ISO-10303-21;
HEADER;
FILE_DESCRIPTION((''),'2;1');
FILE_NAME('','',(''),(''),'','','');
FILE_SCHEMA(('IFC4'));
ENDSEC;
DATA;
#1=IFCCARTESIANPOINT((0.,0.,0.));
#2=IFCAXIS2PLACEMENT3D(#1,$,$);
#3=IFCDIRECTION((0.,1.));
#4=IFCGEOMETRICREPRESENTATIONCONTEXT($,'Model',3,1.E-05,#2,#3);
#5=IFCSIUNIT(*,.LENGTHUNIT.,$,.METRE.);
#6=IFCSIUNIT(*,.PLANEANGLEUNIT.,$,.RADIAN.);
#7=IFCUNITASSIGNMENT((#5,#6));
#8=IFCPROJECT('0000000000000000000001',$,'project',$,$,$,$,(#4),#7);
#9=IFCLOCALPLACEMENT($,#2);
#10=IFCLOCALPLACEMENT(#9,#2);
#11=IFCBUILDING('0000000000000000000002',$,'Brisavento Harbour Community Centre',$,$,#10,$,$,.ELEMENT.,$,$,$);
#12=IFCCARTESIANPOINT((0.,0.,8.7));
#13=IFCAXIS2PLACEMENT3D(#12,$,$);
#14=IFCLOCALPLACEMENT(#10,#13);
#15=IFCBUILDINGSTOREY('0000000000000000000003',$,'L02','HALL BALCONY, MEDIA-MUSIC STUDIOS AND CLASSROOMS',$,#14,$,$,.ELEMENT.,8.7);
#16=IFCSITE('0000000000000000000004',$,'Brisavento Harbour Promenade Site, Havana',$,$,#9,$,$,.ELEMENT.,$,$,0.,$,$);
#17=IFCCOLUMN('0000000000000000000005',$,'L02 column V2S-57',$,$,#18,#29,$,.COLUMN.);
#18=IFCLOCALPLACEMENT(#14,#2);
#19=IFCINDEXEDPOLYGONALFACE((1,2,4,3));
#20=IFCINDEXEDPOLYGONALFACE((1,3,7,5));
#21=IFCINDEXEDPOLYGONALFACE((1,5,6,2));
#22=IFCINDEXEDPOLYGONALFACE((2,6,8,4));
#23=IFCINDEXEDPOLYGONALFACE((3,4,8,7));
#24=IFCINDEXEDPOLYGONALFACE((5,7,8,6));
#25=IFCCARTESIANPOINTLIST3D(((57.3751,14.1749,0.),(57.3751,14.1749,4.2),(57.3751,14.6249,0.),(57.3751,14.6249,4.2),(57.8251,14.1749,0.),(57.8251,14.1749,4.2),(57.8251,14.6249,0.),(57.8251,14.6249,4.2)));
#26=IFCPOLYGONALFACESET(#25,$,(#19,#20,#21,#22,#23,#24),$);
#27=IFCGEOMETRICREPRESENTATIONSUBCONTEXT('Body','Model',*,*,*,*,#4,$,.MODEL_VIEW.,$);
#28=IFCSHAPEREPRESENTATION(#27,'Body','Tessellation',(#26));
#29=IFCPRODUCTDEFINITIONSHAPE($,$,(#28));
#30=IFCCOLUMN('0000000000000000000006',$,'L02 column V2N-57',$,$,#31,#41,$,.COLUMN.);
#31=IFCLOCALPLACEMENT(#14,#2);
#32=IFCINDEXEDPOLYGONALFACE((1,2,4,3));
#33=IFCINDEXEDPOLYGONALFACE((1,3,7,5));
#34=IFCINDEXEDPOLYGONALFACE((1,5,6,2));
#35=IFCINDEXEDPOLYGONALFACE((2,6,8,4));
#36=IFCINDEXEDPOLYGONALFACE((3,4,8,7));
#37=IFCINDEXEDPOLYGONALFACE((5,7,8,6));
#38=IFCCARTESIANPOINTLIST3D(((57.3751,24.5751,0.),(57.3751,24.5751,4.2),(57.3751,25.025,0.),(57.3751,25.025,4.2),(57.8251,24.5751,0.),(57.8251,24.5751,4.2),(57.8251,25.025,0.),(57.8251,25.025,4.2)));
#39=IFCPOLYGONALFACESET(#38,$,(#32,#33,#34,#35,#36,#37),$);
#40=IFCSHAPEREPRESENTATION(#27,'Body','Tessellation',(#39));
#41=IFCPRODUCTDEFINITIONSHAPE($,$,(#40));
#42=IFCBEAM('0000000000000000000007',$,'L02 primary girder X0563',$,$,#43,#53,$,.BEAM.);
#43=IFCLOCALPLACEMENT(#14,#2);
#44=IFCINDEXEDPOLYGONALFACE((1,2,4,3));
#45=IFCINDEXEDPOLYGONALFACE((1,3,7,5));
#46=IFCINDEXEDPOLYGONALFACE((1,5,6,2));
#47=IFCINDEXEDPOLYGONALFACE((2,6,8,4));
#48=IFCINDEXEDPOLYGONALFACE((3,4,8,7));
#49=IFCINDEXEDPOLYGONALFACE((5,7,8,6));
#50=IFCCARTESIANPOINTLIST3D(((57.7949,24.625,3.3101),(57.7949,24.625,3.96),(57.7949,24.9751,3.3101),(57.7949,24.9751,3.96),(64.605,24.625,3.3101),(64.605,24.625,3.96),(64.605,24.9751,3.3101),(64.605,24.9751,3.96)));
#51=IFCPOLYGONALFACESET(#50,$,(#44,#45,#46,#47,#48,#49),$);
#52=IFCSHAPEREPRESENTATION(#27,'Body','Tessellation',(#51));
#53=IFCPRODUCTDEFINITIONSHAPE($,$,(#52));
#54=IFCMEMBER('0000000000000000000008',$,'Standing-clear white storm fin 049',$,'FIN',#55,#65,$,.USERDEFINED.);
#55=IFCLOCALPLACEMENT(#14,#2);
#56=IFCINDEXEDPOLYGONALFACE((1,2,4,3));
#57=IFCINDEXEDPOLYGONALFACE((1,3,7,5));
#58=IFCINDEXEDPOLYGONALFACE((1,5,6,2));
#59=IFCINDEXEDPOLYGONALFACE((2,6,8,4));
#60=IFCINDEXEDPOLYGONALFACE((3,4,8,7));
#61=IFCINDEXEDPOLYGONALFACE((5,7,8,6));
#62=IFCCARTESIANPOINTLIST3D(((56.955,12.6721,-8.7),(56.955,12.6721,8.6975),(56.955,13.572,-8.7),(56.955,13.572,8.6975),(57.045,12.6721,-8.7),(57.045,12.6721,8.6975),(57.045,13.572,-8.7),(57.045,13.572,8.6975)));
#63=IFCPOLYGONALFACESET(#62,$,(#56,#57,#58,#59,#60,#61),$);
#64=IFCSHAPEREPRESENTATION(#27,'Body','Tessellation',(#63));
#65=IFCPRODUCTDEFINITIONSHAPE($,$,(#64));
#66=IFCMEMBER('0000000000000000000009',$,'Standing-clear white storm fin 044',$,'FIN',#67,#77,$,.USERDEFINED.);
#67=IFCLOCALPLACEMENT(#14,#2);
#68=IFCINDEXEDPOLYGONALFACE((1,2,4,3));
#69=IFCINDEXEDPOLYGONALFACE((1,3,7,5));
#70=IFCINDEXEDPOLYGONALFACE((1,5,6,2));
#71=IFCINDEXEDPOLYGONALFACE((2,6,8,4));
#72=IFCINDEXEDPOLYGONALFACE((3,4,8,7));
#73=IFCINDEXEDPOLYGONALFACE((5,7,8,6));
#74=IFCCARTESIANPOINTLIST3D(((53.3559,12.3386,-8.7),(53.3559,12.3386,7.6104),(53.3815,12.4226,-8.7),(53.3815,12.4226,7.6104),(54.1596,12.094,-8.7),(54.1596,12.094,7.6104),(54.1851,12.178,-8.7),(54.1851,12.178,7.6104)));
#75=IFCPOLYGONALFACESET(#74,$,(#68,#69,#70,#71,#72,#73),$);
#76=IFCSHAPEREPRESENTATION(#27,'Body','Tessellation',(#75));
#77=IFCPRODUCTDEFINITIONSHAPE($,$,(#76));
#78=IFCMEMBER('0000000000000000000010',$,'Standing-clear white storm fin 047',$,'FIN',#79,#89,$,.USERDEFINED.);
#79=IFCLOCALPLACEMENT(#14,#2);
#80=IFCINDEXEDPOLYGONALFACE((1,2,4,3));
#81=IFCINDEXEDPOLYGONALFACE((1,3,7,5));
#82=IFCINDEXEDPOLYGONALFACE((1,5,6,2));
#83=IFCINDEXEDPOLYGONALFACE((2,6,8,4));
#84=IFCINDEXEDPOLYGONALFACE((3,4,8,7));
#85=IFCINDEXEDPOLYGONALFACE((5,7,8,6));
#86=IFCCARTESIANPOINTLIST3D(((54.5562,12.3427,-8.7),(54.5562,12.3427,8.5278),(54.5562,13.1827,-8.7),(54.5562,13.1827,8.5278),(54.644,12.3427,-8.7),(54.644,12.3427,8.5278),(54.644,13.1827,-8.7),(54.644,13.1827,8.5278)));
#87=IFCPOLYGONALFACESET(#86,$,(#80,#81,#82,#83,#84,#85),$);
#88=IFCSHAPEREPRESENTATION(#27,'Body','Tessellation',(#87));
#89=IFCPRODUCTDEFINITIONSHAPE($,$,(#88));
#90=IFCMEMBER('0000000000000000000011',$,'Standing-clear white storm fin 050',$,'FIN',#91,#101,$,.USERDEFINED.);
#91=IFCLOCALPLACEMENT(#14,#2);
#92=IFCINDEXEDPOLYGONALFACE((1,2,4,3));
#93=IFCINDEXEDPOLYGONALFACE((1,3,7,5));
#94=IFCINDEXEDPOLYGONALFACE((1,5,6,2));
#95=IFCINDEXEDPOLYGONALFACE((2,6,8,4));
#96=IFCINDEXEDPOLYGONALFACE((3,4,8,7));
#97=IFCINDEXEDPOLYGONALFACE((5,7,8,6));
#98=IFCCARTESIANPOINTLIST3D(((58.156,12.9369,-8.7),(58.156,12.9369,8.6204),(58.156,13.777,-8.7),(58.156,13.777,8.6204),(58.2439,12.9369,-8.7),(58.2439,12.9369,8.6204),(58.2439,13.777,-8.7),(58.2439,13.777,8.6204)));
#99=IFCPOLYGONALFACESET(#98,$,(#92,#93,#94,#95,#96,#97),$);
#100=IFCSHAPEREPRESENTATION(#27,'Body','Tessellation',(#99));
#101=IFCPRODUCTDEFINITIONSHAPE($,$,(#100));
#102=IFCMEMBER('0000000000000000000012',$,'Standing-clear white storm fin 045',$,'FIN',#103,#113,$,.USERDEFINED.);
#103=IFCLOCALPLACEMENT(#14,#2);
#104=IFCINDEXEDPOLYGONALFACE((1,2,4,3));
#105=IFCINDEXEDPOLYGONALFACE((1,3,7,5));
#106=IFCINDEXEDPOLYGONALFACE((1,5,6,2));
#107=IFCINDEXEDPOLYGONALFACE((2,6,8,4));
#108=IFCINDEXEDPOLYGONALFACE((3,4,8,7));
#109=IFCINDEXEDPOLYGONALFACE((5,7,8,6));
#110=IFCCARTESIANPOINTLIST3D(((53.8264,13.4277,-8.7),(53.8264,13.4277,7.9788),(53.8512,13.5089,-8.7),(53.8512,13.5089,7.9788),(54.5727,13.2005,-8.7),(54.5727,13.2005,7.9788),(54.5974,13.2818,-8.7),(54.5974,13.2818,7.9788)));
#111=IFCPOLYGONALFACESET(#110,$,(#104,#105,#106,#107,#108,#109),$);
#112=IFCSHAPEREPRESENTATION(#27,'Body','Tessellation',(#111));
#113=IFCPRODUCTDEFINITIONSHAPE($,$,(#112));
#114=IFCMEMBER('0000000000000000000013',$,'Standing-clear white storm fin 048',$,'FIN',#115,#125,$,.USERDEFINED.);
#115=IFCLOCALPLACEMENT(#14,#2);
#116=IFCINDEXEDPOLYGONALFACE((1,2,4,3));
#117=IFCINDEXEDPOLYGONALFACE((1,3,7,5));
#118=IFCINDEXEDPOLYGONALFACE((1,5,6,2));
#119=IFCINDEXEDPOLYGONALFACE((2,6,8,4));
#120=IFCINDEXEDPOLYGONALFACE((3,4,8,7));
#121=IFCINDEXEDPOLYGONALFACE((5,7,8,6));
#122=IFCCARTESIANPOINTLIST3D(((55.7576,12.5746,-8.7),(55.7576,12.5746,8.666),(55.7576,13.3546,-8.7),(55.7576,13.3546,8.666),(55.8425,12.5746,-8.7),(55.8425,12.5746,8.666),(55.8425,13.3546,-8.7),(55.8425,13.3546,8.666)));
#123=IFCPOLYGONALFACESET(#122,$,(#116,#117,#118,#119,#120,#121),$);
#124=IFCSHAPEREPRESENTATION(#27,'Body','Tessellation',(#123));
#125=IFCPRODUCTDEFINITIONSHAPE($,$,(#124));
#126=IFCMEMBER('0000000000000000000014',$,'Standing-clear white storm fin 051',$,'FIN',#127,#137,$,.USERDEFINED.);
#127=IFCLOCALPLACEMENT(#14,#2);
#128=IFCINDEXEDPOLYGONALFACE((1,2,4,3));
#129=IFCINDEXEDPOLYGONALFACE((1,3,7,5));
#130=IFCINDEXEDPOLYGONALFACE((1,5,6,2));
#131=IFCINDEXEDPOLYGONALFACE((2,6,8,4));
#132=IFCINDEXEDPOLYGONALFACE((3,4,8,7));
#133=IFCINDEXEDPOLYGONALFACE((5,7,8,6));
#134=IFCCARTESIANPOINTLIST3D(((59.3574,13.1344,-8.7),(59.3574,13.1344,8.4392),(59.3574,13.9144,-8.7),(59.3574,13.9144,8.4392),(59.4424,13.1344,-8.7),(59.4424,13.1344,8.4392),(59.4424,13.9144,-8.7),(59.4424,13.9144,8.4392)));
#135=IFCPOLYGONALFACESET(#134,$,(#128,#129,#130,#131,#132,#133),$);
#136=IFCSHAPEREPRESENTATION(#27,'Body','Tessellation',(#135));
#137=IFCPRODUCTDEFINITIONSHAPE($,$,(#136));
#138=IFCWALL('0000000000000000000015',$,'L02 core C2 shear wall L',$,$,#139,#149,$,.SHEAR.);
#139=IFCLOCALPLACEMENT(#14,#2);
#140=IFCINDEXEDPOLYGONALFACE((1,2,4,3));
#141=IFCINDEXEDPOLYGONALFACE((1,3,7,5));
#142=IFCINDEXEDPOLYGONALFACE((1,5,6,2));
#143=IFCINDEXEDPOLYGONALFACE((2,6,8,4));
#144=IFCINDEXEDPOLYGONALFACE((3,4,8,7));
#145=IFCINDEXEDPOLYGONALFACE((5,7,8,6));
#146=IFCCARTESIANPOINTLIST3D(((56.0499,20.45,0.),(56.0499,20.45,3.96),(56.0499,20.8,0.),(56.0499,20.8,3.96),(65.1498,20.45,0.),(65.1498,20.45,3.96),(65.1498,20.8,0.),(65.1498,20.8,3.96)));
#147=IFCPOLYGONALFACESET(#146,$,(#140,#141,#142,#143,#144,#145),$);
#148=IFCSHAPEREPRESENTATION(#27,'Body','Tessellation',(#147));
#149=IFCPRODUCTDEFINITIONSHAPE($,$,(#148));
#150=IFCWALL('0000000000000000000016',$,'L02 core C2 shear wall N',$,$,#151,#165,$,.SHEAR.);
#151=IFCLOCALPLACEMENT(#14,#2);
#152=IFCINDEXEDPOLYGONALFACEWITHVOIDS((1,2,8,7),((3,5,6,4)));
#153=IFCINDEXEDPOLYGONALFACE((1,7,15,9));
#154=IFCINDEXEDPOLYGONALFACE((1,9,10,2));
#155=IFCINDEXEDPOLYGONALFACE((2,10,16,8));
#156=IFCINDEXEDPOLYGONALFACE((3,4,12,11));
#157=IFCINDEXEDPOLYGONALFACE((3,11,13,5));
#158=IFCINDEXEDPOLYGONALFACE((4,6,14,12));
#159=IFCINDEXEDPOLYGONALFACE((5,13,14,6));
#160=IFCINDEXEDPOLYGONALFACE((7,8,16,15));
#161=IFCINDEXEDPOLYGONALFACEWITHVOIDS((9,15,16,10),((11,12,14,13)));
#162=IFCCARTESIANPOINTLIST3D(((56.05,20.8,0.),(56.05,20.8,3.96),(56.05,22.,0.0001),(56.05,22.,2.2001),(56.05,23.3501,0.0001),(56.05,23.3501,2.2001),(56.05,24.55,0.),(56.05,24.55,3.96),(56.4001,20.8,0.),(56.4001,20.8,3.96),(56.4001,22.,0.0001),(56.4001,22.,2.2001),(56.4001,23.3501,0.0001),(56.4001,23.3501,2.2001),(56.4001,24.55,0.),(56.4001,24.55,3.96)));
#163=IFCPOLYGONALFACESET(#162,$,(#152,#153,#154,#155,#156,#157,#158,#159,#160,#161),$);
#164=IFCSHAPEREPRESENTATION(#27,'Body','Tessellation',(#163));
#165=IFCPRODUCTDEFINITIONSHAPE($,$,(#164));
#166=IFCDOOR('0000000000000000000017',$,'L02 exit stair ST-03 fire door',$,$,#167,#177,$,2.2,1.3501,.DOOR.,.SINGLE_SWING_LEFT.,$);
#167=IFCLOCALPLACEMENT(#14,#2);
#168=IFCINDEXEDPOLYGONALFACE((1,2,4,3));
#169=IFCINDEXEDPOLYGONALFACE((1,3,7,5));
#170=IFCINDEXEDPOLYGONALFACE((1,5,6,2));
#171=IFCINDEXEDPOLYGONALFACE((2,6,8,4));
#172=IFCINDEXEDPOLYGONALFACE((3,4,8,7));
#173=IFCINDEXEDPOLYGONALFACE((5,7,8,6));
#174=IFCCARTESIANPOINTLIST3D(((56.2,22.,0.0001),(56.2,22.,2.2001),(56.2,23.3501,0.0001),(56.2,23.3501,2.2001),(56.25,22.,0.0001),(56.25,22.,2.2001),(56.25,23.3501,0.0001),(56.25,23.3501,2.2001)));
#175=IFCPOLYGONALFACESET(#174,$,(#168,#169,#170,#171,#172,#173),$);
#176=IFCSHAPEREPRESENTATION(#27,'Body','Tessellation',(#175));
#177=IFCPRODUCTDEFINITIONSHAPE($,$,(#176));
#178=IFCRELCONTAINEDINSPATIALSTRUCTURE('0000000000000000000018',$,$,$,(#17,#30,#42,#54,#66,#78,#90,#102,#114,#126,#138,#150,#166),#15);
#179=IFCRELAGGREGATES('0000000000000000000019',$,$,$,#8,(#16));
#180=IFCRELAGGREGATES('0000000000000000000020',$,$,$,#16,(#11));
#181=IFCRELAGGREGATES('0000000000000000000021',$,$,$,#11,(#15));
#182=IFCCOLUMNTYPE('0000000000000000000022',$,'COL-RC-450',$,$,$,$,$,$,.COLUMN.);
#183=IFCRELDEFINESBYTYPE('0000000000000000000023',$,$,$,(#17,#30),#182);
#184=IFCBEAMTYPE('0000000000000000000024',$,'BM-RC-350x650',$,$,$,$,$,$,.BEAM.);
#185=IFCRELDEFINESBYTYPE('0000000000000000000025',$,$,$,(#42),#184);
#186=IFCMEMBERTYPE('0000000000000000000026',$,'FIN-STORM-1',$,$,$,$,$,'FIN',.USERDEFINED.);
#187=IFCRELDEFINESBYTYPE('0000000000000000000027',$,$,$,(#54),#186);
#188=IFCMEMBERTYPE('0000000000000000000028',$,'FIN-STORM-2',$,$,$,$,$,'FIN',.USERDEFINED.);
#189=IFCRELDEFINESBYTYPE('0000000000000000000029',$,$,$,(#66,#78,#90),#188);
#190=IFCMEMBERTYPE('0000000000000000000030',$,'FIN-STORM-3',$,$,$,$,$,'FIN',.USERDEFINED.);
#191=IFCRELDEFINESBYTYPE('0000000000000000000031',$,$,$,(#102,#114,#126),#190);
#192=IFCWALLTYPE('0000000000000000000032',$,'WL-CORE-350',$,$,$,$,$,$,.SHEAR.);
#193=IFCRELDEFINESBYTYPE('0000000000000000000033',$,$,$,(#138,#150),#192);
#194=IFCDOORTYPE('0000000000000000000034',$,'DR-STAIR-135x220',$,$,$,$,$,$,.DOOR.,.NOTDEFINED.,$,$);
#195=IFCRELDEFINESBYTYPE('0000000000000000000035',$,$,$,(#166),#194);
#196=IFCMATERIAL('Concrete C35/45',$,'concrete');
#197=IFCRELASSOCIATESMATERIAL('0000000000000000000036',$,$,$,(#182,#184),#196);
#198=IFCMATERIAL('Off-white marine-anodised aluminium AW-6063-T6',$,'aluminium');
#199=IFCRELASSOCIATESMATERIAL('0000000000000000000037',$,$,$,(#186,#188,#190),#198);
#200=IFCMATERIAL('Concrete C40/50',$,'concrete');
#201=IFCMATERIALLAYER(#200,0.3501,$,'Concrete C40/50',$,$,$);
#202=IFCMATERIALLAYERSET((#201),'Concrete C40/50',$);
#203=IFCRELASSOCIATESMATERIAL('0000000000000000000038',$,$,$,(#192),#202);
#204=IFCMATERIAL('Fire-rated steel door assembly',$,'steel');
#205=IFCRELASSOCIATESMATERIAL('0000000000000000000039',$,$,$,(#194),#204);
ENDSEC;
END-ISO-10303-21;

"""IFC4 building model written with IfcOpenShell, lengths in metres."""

from ifc_helpers import new_model, si_unit, direction, frame, frame_2d, origin, origin_2d, place, context, subcontext, project, spatial, rectangle, extrude, material, layer, layer_set, material_profile, profile_set, type_object, element, fill, save


model = new_model("IFC4")

# Units and contexts
model_context = context("Model", 3, precision=1e-05, world=origin(), true_north=direction((0.0, 1.0)))
body_context = subcontext(model_context, "Body", "Model", "MODEL_VIEW")
ifc_project = project(units=[si_unit("LENGTHUNIT", "METRE"), si_unit("PLANEANGLEUNIT", "RADIAN")], contexts=[model_context])

# Site, building, storey
site_placement = place(None, origin())
site = spatial("IfcSite", under=ifc_project, at=site_placement, Name="Brisavento Harbour Promenade Site, Havana", CompositionType="ELEMENT", RefElevation=0.0)
building_placement = place(site_placement, origin())
building = spatial("IfcBuilding", under=site, at=building_placement, Name="Brisavento Harbour Community Centre", CompositionType="ELEMENT")
storey_placement = place(building_placement, frame((0.0, 0.0, 8.7)))
storey = spatial("IfcBuildingStorey", under=building, at=storey_placement, Name="L02", Description="HALL BALCONY, MEDIA-MUSIC STUDIOS AND CLASSROOMS", CompositionType="ELEMENT", Elevation=8.7)

# Columns
ifc_material_1 = material(Name="Concrete C35/45", Category="concrete")
ifc_material_profile_1 = material_profile(ifc_material_1, rectangle(XDim=0.45, YDim=0.45, at=origin_2d()), Name="Concrete C35/45")
ifc_profile_set_1 = profile_set([ifc_material_profile_1], Name="Concrete C35/45")
column_type = type_object("IfcColumnType", Name="COL-RC-450", PredefinedType="COLUMN", material=ifc_profile_set_1)
for number, where, z_axis, x_axis, name in (
    (1, (57.6001, 14.3999, 0.0), (0.0, 0.0, 1.0), (1.0, 0.0, 0.0), "L02 column V2S-57"),
    (2, (57.6001, 24.8, 0.0), (0.0, 0.0, 1.0), (1.0, 0.0, 0.0), "L02 column V2N-57"),
):
    element("IfcColumn", number, at=place(storey_placement, frame(where, z_axis=z_axis, x_axis=x_axis)), inside=storey, type_object=column_type, Name=name, PredefinedType="COLUMN", context=body_context, shape_type="SweptSolid", body=[
        extrude(rectangle(XDim=0.45, YDim=0.45, at=origin_2d()), origin(), (0.0, 0.0, 1.0), 4.2),
    ])

# Beam
ifc_material_profile_2 = material_profile(ifc_material_1, rectangle(XDim=0.3501, YDim=0.6499, at=origin_2d()), Name="Concrete C35/45")
ifc_profile_set_2 = profile_set([ifc_material_profile_2], Name="Concrete C35/45")
beam_type = type_object("IfcBeamType", Name="BM-RC-350x650", PredefinedType="BEAM", material=ifc_profile_set_2)
beam_placement = place(storey_placement, frame((57.7949, 24.8, 3.635), z_axis=(1.0, 0.0, 0.0), x_axis=(0.0, 1.0, 0.0)))
element("IfcBeam", 3, at=beam_placement, inside=storey, type_object=beam_type, Name="L02 primary girder X0563", PredefinedType="BEAM", context=body_context, shape_type="SweptSolid", body=[
    extrude(rectangle(XDim=0.3501, YDim=0.6499, at=origin_2d()), origin(), (0.0, 0.0, 1.0), 6.8101),
])

# Members
ifc_material_2 = material(Name="Off-white marine-anodised aluminium AW-6063-T6", Category="aluminium")
ifc_material_profile_3 = material_profile(ifc_material_2, rectangle(XDim=0.0901, YDim=0.8999, at=origin_2d()), Name="Off-white marine-anodised aluminium AW-6063-T6")
ifc_profile_set_3 = profile_set([ifc_material_profile_3], Name="Off-white marine-anodised aluminium AW-6063-T6")
member_type_1 = type_object("IfcMemberType", Name="FIN-STORM-1", ElementType="FIN", PredefinedType="USERDEFINED", material=ifc_profile_set_3)
member_1_placement = place(storey_placement, frame((57.0, 13.1221, -8.7), z_axis=(0.0, 0.0, 1.0), x_axis=(-1.0, 0.0, 0.0)))
element("IfcMember", 4, at=member_1_placement, inside=storey, type_object=member_type_1, Name="Standing-clear white storm fin 049", ObjectType="FIN", PredefinedType="USERDEFINED", context=body_context, shape_type="SweptSolid", body=[
    extrude(rectangle(XDim=0.0901, YDim=0.8999, at=origin_2d()), origin(), (0.0, 0.0, 1.0), 17.3975),
])
ifc_material_profile_4 = material_profile(ifc_material_2, rectangle(XDim=0.0879, YDim=0.8401, at=origin_2d()), Name="Off-white marine-anodised aluminium AW-6063-T6")
ifc_profile_set_4 = profile_set([ifc_material_profile_4], Name="Off-white marine-anodised aluminium AW-6063-T6")
member_type_2 = type_object("IfcMemberType", Name="FIN-STORM-2", ElementType="FIN", PredefinedType="USERDEFINED", material=ifc_profile_set_4)
member_2_placement = place(storey_placement, frame((53.7705, 12.2583, -8.7), z_axis=(0.0, 0.0, 1.0), x_axis=(-0.291153, -0.956676, 0.0)))
element("IfcMember", 5, at=member_2_placement, inside=storey, type_object=member_type_2, Name="Standing-clear white storm fin 044", ObjectType="FIN", PredefinedType="USERDEFINED", context=body_context, shape_type="SweptSolid", body=[
    extrude(rectangle(XDim=0.0879, YDim=0.8401, at=origin_2d()), origin(), (0.0, 0.0, 1.0), 16.3103),
])
member_3_placement = place(storey_placement, frame((54.6001, 12.7627, -8.7), z_axis=(0.0, 0.0, 1.0), x_axis=(-1.0, 0.0, 0.0)))
element("IfcMember", 6, at=member_3_placement, inside=storey, type_object=member_type_2, Name="Standing-clear white storm fin 047", ObjectType="FIN", PredefinedType="USERDEFINED", context=body_context, shape_type="SweptSolid", body=[
    extrude(rectangle(XDim=0.0879, YDim=0.8401, at=origin_2d()), origin(), (0.0, 0.0, 1.0), 17.2278),
])
member_4_placement = place(storey_placement, frame((58.2, 13.3569, -8.7), z_axis=(0.0, 0.0, 1.0), x_axis=(-1.0, 0.0, 0.0)))
element("IfcMember", 7, at=member_4_placement, inside=storey, type_object=member_type_2, Name="Standing-clear white storm fin 050", ObjectType="FIN", PredefinedType="USERDEFINED", context=body_context, shape_type="SweptSolid", body=[
    extrude(rectangle(XDim=0.0879, YDim=0.8401, at=origin_2d()), origin(), (0.0, 0.0, 1.0), 17.3203),
])
ifc_material_profile_5 = material_profile(ifc_material_2, rectangle(XDim=0.085, YDim=0.78, at=origin_2d()), Name="Off-white marine-anodised aluminium AW-6063-T6")
ifc_profile_set_5 = profile_set([ifc_material_profile_5], Name="Off-white marine-anodised aluminium AW-6063-T6")
member_type_3 = type_object("IfcMemberType", Name="FIN-STORM-3", ElementType="FIN", PredefinedType="USERDEFINED", material=ifc_profile_set_5)
member_5_placement = place(storey_placement, frame((54.2119, 13.3547, -8.7), z_axis=(0.0, 0.0, 1.0), x_axis=(-0.291153, -0.956676, 0.0)))
element("IfcMember", 8, at=member_5_placement, inside=storey, type_object=member_type_3, Name="Standing-clear white storm fin 045", ObjectType="FIN", PredefinedType="USERDEFINED", context=body_context, shape_type="SweptSolid", body=[
    extrude(rectangle(XDim=0.085, YDim=0.78, at=origin_2d()), origin(), (0.0, 0.0, 1.0), 16.6787),
])
member_6_placement = place(storey_placement, frame((55.8, 12.9646, -8.7), z_axis=(0.0, 0.0, 1.0), x_axis=(-1.0, 0.0, 0.0)))
element("IfcMember", 9, at=member_6_placement, inside=storey, type_object=member_type_3, Name="Standing-clear white storm fin 048", ObjectType="FIN", PredefinedType="USERDEFINED", context=body_context, shape_type="SweptSolid", body=[
    extrude(rectangle(XDim=0.085, YDim=0.78, at=origin_2d()), origin(), (0.0, 0.0, 1.0), 17.366),
])
member_7_placement = place(storey_placement, frame((59.3999, 13.5244, -8.7), z_axis=(0.0, 0.0, 1.0), x_axis=(-1.0, 0.0, 0.0)))
element("IfcMember", 10, at=member_7_placement, inside=storey, type_object=member_type_3, Name="Standing-clear white storm fin 051", ObjectType="FIN", PredefinedType="USERDEFINED", context=body_context, shape_type="SweptSolid", body=[
    extrude(rectangle(XDim=0.085, YDim=0.78, at=origin_2d()), origin(), (0.0, 0.0, 1.0), 17.1392),
])

# Wall
ifc_material_3 = material(Name="Concrete C40/50", Category="concrete")
ifc_layer_1 = layer(ifc_material_3, 0.3501, Name="Concrete C40/50")
ifc_layer_set_1 = layer_set([ifc_layer_1], Name="Concrete C40/50")
wall_type_1 = type_object("IfcWallType", Name="WL-CORE-350", PredefinedType="SHEAR", material=ifc_layer_set_1)
wall_1_placement = place(storey_placement, frame((56.05, 20.625, 0.0), z_axis=(0.0, 0.0, 1.0), x_axis=(1.0, 0.0, 0.0)))
element("IfcWall", 11, at=wall_1_placement, inside=storey, type_object=wall_type_1, Name="L02 core C2 shear wall L", PredefinedType="SHEAR", context=body_context, shape_type="SweptSolid", body=[
    extrude(rectangle(XDim=9.0999, YDim=0.3501, at=frame_2d((4.5498, 0.0))), origin(), (0.0, 0.0, 1.0), 3.96),
])

# Wall, opening, door
wall_2_placement = place(storey_placement, frame((56.2251, 24.55, 0.0), z_axis=(0.0, 0.0, 1.0), x_axis=(0.0, -1.0, 0.0)))
wall_2 = element("IfcWall", 12, at=wall_2_placement, inside=storey, type_object=wall_type_1, Name="L02 core C2 shear wall N", PredefinedType="SHEAR", context=body_context, shape_type="SweptSolid", body=[
    extrude(rectangle(XDim=3.75, YDim=0.3501, at=frame_2d((1.875, 0.0))), origin(), (0.0, 0.0, 1.0), 3.96),
])
opening_1_placement = place(wall_2_placement, frame((1.2, 0.0, 0.0)))
opening_1 = element("IfcOpeningElement", 13, at=opening_1_placement, cuts=wall_2, PredefinedType="OPENING", context=body_context, shape_type="SweptSolid", body=[
    extrude(rectangle(XDim=1.3501, YDim=2.2, at=frame_2d((0.675, 1.1001))), frame((0.0, 0.1851, 0.0), z_axis=(0.0, -1.0, 0.0), x_axis=(1.0, 0.0, 0.0)), (0.0, 0.0, 1.0), 0.3701),
])
ifc_material_4 = material(Name="Fire-rated steel door assembly", Category="steel")
door_type_1 = type_object("IfcDoorType", Name="DR-STAIR-135x220", OperationType="NOTDEFINED", PredefinedType="DOOR", material=ifc_material_4)
door_1_placement = place(opening_1_placement, origin())
door_1 = element("IfcDoor", 14, at=door_1_placement, inside=storey, type_object=door_type_1, Name="L02 exit stair ST-03 fire door", OperationType="SINGLE_SWING_LEFT", OverallHeight=2.2, OverallWidth=1.3501, PredefinedType="DOOR", context=body_context, shape_type="SweptSolid", body=[
    extrude(rectangle(XDim=1.3501, YDim=2.2, at=frame_2d((0.675, 1.1001))), frame((0.0, 0.0249, 0.0), z_axis=(0.0, -1.0, 0.0), x_axis=(1.0, 0.0, 0.0)), (0.0, 0.0, 1.0), 0.05),
])
fill(opening_1, door_1)

save(model, "model.ifc")
